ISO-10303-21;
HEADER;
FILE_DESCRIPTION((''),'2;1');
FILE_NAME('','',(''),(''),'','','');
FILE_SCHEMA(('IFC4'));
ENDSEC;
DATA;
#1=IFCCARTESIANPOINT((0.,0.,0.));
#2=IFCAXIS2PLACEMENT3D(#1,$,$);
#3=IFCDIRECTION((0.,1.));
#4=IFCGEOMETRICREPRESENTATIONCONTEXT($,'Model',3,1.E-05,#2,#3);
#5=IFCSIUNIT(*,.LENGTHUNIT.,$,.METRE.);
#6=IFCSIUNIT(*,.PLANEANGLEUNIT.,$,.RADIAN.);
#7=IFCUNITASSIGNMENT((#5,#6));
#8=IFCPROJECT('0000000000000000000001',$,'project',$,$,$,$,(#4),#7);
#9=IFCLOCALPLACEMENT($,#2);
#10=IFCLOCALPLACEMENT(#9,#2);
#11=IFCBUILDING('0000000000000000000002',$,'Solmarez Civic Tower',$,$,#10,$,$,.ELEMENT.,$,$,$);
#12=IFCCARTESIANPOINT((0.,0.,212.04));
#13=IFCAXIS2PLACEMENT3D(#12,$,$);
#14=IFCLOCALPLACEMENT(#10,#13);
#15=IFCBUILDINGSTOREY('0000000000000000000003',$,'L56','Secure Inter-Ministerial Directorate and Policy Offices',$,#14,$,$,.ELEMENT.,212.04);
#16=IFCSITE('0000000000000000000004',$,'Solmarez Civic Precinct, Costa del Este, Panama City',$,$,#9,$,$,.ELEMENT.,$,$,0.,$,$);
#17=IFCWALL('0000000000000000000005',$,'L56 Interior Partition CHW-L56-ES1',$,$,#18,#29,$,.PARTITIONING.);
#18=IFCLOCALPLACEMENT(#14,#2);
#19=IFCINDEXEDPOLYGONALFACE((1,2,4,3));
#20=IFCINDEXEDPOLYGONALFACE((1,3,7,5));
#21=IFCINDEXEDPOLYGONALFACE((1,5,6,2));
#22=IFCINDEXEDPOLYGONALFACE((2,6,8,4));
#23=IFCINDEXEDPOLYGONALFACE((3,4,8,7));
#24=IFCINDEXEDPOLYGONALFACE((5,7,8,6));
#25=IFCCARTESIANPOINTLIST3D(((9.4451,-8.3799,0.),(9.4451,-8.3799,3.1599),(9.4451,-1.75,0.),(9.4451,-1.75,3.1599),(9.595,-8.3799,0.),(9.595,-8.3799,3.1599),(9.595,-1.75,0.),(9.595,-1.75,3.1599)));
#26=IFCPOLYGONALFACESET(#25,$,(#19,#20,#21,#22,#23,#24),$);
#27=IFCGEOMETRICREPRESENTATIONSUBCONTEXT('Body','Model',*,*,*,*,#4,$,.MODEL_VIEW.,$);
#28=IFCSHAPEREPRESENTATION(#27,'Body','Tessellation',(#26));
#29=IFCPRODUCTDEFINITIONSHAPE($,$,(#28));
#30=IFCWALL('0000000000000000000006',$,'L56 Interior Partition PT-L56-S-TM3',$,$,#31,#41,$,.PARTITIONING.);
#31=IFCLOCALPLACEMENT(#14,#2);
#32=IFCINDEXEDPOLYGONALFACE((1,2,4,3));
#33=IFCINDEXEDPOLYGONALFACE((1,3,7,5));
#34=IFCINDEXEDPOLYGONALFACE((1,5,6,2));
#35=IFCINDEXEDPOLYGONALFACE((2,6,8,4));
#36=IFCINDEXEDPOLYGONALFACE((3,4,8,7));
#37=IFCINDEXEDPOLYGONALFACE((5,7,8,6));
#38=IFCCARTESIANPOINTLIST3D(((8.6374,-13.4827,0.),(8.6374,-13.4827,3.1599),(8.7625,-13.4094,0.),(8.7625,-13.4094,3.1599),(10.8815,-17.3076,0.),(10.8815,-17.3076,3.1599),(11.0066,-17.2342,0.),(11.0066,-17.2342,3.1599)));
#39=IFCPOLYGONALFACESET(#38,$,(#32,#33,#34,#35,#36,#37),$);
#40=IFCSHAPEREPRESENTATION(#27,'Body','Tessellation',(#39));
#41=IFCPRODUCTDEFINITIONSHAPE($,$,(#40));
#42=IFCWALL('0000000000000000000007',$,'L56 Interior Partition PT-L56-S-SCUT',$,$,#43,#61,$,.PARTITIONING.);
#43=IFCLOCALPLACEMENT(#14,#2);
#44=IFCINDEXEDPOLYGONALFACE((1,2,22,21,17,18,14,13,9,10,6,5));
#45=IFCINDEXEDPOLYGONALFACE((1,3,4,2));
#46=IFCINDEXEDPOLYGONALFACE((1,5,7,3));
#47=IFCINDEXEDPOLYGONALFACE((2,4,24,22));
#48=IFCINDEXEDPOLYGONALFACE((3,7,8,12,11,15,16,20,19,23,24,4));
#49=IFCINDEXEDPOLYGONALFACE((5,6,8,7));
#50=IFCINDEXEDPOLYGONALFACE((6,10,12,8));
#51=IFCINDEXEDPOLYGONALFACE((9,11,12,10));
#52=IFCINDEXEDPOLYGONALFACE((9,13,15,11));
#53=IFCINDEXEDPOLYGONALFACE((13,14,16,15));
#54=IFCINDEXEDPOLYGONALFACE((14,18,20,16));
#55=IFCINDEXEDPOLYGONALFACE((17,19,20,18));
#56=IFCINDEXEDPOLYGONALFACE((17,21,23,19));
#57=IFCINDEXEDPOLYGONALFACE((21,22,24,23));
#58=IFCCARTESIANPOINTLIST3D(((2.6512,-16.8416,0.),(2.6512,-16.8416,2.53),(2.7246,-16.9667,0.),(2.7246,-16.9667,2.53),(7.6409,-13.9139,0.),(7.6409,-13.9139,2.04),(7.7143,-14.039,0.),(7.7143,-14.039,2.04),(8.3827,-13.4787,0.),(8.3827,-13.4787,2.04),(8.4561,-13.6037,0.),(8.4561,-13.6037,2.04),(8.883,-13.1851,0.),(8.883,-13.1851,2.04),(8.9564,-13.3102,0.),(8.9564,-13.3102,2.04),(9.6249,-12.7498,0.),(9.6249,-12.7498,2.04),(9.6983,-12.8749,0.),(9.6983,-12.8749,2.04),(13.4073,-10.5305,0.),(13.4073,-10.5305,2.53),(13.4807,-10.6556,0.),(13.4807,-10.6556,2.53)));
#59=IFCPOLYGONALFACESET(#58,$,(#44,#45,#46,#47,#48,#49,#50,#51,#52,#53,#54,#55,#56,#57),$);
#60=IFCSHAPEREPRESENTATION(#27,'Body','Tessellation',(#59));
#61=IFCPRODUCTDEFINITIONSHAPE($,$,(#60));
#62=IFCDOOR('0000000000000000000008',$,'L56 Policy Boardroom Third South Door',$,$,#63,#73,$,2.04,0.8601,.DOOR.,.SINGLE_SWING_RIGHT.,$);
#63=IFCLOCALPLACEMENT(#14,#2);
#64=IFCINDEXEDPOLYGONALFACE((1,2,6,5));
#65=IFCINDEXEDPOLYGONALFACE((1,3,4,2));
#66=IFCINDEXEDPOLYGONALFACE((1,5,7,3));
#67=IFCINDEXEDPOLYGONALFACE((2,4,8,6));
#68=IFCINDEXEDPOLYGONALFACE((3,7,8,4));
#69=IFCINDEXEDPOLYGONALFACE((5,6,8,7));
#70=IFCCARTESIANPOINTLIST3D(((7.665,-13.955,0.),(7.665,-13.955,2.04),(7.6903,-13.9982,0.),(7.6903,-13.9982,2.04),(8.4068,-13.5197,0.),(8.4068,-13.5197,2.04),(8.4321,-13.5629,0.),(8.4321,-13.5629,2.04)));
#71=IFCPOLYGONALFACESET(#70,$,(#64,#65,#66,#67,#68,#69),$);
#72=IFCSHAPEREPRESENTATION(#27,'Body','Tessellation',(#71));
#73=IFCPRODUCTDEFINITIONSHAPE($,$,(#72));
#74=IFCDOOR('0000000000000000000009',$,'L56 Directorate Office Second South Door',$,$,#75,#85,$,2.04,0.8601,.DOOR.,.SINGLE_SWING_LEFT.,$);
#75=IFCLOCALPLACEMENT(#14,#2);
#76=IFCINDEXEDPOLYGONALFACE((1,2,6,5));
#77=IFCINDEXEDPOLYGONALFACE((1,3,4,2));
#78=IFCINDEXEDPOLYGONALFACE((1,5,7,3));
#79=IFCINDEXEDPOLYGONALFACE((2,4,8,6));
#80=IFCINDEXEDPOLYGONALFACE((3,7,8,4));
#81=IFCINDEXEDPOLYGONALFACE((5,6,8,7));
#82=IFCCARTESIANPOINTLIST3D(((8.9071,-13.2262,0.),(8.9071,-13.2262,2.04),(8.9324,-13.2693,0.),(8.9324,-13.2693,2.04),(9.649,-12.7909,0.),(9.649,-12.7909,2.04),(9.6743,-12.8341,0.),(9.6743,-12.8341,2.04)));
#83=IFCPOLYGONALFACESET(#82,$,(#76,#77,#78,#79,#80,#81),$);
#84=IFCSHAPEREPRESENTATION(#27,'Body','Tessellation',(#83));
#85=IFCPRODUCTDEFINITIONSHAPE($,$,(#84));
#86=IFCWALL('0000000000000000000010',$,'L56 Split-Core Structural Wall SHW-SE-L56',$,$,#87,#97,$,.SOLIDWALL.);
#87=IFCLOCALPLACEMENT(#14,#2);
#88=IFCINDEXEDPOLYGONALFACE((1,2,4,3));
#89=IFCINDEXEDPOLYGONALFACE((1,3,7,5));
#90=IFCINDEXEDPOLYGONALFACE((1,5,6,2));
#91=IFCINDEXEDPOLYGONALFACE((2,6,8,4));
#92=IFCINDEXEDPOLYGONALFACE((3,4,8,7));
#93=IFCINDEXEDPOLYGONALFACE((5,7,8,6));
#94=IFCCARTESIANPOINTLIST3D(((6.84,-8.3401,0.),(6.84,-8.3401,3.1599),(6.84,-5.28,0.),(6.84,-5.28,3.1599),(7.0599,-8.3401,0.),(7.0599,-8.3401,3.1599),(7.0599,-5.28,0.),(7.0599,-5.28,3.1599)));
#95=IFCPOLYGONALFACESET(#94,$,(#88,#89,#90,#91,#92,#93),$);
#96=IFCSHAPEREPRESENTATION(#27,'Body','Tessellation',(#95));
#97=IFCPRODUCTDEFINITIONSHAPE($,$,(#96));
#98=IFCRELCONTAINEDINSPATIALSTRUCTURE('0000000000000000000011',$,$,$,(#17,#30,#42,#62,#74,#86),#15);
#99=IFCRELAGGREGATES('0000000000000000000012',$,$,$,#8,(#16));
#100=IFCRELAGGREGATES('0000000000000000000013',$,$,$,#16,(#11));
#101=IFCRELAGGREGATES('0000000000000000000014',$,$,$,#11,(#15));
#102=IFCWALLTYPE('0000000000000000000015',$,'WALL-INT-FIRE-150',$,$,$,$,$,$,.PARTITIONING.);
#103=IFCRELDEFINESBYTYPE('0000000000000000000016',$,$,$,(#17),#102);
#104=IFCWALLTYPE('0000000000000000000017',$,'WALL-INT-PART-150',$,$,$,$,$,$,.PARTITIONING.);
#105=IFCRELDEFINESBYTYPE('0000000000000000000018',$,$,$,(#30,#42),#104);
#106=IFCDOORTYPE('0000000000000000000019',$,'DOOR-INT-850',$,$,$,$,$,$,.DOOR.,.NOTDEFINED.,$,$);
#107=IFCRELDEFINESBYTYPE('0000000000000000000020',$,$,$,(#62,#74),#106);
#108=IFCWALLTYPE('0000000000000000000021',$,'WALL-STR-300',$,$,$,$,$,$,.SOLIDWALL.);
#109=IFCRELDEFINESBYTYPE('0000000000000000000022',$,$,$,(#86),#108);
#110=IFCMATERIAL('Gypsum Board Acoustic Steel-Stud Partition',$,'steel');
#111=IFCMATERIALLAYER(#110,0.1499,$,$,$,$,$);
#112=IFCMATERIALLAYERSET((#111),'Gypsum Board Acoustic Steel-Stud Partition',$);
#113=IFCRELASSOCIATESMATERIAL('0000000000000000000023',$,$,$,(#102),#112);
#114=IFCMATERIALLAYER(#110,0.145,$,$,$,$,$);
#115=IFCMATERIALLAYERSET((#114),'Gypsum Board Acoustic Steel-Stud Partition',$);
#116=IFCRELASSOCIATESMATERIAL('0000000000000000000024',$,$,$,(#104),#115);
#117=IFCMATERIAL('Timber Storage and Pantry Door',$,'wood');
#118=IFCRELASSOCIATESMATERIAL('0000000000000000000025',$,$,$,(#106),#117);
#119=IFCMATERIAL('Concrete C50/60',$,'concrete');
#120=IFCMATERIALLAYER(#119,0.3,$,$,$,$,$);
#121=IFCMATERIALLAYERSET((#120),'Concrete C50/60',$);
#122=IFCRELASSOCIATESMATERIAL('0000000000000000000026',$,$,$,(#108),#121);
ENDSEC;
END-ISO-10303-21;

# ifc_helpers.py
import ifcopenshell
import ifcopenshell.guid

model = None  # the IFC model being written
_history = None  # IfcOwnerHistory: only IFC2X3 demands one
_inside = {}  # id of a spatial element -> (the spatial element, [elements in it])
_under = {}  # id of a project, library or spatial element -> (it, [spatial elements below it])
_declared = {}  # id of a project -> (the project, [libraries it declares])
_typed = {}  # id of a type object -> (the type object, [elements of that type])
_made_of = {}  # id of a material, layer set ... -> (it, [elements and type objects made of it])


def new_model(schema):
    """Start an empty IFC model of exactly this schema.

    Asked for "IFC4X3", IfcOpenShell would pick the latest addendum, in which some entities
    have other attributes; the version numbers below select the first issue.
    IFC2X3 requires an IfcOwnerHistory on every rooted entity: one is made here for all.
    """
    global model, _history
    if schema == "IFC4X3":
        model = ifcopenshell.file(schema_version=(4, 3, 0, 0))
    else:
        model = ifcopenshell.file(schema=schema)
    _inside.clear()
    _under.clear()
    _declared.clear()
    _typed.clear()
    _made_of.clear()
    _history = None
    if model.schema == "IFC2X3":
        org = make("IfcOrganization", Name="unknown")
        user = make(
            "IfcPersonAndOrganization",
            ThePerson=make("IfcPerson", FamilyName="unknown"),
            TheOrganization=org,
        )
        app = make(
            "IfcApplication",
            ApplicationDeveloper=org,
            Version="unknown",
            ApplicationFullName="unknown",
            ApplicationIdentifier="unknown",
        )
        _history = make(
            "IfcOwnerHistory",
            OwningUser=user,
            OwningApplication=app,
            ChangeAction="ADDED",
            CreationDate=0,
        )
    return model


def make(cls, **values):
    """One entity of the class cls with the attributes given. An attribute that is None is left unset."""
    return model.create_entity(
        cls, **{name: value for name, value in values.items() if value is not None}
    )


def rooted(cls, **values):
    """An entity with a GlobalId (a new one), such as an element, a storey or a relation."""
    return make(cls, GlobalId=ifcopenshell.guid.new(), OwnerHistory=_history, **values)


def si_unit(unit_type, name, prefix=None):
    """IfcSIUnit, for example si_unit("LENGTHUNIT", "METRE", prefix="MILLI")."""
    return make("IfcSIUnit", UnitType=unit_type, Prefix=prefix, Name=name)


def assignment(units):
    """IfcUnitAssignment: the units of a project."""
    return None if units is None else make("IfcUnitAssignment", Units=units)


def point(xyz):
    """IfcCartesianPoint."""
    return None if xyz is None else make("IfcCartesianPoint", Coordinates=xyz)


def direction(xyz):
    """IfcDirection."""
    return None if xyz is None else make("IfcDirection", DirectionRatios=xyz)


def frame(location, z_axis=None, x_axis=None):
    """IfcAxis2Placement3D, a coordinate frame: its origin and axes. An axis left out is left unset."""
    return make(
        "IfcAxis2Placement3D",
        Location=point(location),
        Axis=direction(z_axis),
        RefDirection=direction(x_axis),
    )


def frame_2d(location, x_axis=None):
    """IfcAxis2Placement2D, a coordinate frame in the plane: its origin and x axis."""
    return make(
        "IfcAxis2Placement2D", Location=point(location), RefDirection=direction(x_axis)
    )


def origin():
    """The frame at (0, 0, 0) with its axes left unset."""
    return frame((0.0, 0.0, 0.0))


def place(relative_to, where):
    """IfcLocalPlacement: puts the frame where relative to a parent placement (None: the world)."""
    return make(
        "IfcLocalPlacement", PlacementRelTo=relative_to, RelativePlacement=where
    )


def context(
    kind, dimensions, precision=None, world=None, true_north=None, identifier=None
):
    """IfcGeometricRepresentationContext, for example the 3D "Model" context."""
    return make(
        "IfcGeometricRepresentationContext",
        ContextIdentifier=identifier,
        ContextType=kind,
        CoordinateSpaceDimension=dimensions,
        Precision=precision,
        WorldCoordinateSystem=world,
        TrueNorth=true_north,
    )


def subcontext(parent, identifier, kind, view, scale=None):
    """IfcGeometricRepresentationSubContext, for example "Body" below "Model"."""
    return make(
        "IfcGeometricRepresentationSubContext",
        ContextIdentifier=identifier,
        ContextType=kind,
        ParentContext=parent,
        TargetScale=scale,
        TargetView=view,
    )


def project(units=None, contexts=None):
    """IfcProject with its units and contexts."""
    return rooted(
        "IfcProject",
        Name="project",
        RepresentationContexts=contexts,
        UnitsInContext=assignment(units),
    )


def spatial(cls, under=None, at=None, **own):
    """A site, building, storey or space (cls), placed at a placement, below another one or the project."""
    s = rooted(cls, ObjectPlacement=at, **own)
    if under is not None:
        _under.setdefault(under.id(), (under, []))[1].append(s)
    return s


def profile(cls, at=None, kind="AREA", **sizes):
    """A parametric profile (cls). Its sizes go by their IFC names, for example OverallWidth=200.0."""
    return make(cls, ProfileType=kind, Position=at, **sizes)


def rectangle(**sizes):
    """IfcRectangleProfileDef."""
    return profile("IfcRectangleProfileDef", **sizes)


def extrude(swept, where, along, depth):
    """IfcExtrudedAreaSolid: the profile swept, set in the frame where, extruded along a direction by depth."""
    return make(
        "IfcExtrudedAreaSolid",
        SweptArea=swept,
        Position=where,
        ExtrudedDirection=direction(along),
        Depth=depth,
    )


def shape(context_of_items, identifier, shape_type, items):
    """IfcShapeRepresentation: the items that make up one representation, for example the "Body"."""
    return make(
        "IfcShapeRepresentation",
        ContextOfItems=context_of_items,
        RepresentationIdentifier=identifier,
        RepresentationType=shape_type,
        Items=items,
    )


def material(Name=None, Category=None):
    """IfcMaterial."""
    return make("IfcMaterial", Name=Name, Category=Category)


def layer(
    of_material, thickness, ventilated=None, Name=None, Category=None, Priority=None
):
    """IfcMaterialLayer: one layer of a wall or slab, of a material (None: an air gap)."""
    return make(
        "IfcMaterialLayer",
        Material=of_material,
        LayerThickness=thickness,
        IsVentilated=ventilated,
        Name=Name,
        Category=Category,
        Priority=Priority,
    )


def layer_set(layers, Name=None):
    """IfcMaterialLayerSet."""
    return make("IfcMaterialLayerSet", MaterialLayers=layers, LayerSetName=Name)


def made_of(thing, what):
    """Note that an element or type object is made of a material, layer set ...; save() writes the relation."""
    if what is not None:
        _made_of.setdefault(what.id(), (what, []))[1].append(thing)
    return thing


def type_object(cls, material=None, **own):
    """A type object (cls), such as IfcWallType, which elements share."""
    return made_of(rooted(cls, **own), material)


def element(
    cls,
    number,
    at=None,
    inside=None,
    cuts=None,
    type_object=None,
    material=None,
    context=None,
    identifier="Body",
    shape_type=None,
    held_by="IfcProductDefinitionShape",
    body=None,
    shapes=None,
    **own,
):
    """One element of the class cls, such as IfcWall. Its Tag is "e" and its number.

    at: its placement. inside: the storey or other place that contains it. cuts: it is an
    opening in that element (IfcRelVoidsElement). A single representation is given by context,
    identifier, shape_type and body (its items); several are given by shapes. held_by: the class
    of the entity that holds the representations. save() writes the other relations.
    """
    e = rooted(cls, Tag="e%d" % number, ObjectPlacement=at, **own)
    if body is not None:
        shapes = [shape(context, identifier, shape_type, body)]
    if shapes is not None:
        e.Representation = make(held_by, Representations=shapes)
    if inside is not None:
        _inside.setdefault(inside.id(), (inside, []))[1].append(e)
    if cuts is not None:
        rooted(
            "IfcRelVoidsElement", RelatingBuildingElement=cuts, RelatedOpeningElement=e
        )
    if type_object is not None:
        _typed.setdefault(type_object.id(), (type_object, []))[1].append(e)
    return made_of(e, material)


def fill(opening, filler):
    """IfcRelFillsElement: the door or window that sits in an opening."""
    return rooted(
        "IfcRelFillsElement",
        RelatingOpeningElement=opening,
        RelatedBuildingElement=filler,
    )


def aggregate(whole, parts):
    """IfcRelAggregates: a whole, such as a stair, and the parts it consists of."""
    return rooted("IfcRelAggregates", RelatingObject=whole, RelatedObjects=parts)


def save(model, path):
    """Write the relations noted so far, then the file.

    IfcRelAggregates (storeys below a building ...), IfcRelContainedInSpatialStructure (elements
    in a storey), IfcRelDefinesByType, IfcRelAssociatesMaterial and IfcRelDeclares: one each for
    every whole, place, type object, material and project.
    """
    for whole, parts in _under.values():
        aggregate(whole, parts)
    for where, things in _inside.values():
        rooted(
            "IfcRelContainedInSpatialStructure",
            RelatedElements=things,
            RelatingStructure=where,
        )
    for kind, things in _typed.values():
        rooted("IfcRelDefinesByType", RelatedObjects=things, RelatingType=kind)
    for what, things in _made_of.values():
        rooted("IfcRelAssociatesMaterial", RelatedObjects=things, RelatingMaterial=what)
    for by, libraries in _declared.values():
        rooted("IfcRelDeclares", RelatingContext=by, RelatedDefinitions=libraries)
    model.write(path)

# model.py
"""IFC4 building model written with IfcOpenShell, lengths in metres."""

from ifc_helpers import new_model, si_unit, direction, frame, frame_2d, origin, place, context, subcontext, project, spatial, rectangle, extrude, material, layer, layer_set, type_object, element, fill, save


model = new_model("IFC4")

# Units and contexts
model_context = context("Model", 3, precision=1e-05, world=origin(), true_north=direction((0.0, 1.0)))
body_context = subcontext(model_context, "Body", "Model", "MODEL_VIEW")
ifc_project = project(units=[si_unit("LENGTHUNIT", "METRE"), si_unit("PLANEANGLEUNIT", "RADIAN")], contexts=[model_context])

# Site, building, storey
site_placement = place(None, origin())
site = spatial("IfcSite", under=ifc_project, at=site_placement, Name="Solmarez Civic Precinct, Costa del Este, Panama City", CompositionType="ELEMENT", RefElevation=0.0)
building_placement = place(site_placement, origin())
building = spatial("IfcBuilding", under=site, at=building_placement, Name="Solmarez Civic Tower", CompositionType="ELEMENT")
storey_placement = place(building_placement, frame((0.0, 0.0, 212.04)))
storey = spatial("IfcBuildingStorey", under=building, at=storey_placement, Name="L56", Description="Secure Inter-Ministerial Directorate and Policy Offices", CompositionType="ELEMENT", Elevation=212.04)

# Shared definitions
ifc_material_1 = material(Name="Concrete C50/60", Category="concrete")

# Walls
ifc_material_2 = material(Name="Gypsum Board Acoustic Steel-Stud Partition", Category="steel")
ifc_layer_1 = layer(ifc_material_2, 0.1499)
ifc_layer_set_1 = layer_set([ifc_layer_1], Name="Gypsum Board Acoustic Steel-Stud Partition")
wall_type_1 = type_object("IfcWallType", Name="WALL-INT-FIRE-150", PredefinedType="PARTITIONING", material=ifc_layer_set_1)
wall_1_placement = place(storey_placement, frame((9.52, -8.3799, 0.0), z_axis=(0.0, 0.0, 1.0), x_axis=(0.0, 1.0, 0.0)))
element("IfcWall", 1, at=wall_1_placement, inside=storey, type_object=wall_type_1, Name="L56 Interior Partition CHW-L56-ES1", PredefinedType="PARTITIONING", context=body_context, shape_type="SweptSolid", body=[
    extrude(rectangle(XDim=6.6299, YDim=0.1499, at=frame_2d((3.3149, 0.0))), origin(), (0.0, 0.0, 1.0), 3.1599),
])
ifc_layer_2 = layer(ifc_material_2, 0.145)
ifc_layer_set_2 = layer_set([ifc_layer_2], Name="Gypsum Board Acoustic Steel-Stud Partition")
wall_type_2 = type_object("IfcWallType", Name="WALL-INT-PART-150", PredefinedType="PARTITIONING", material=ifc_layer_set_2)
wall_2_placement = place(storey_placement, frame((8.7, -13.446, 0.0), z_axis=(0.0, 0.0, 1.0), x_axis=(0.506043, -0.862508, 0.0)))
element("IfcWall", 2, at=wall_2_placement, inside=storey, type_object=wall_type_2, Name="L56 Interior Partition PT-L56-S-TM3", PredefinedType="PARTITIONING", context=body_context, shape_type="SweptSolid", body=[
    extrude(rectangle(XDim=4.4346, YDim=0.145, at=frame_2d((2.2173, 0.0))), origin(), (0.0, 0.0, 1.0), 3.1599),
])

# Wall, openings, doors
wall_3_placement = place(storey_placement, frame((2.688, -16.9041, 0.0), z_axis=(0.0, 0.0, 1.0), x_axis=(0.862497, 0.506062, 0.0)))
wall_3 = element("IfcWall", 3, at=wall_3_placement, inside=storey, type_object=wall_type_2, Name="L56 Interior Partition PT-L56-S-SCUT", PredefinedType="PARTITIONING", context=body_context, shape_type="SweptSolid", body=[
    extrude(rectangle(XDim=12.4709, YDim=0.145, at=frame_2d((6.2354, 0.0))), origin(), (0.0, 0.0, 1.0), 2.53),
])
opening_1_placement = place(wall_3_placement, frame((5.7849, 0.0, 0.0)))
opening_1 = element("IfcOpeningElement", 4, at=opening_1_placement, cuts=wall_3, PredefinedType="OPENING", context=body_context, shape_type="SweptSolid", body=[
    extrude(rectangle(XDim=0.8601, YDim=2.04, at=frame_2d((0.4302, 1.02))), frame((0.0, 0.0825, 0.0), z_axis=(0.0, -1.0, 0.0), x_axis=(1.0, 0.0, 0.0)), (0.0, 0.0, 1.0), 0.165),
])
opening_2_placement = place(wall_3_placement, frame((7.2251, 0.0, 0.0)))
opening_2 = element("IfcOpeningElement", 5, at=opening_2_placement, cuts=wall_3, PredefinedType="OPENING", context=body_context, shape_type="SweptSolid", body=[
    extrude(rectangle(XDim=0.8601, YDim=2.04, at=frame_2d((0.4302, 1.02))), frame((0.0, 0.0825, 0.0), z_axis=(0.0, -1.0, 0.0), x_axis=(1.0, 0.0, 0.0)), (0.0, 0.0, 1.0), 0.165),
])
ifc_material_3 = material(Name="Timber Storage and Pantry Door", Category="wood")
door_type = type_object("IfcDoorType", Name="DOOR-INT-850", OperationType="NOTDEFINED", PredefinedType="DOOR", material=ifc_material_3)
door_1_placement = place(opening_1_placement, origin())
door_1 = element("IfcDoor", 6, at=door_1_placement, inside=storey, type_object=door_type, Name="L56 Policy Boardroom Third South Door", OperationType="SINGLE_SWING_RIGHT", OverallHeight=2.04, OverallWidth=0.8601, PredefinedType="DOOR", context=body_context, shape_type="SweptSolid", body=[
    extrude(rectangle(XDim=0.8601, YDim=2.04, at=frame_2d((0.4302, 1.02))), frame((0.0, 0.0249, 0.0), z_axis=(0.0, -1.0, 0.0), x_axis=(1.0, 0.0, 0.0)), (0.0, 0.0, 1.0), 0.05),
])
fill(opening_1, door_1)
door_2_placement = place(opening_2_placement, origin())
door_2 = element("IfcDoor", 7, at=door_2_placement, inside=storey, type_object=door_type, Name="L56 Directorate Office Second South Door", OperationType="SINGLE_SWING_LEFT", OverallHeight=2.04, OverallWidth=0.8601, PredefinedType="DOOR", context=body_context, shape_type="SweptSolid", body=[
    extrude(rectangle(XDim=0.8601, YDim=2.04, at=frame_2d((0.4302, 1.02))), frame((0.0, 0.0249, 0.0), z_axis=(0.0, -1.0, 0.0), x_axis=(1.0, 0.0, 0.0)), (0.0, 0.0, 1.0), 0.05),
])
fill(opening_2, door_2)

# Wall
ifc_layer_3 = layer(ifc_material_1, 0.3)
ifc_layer_set_3 = layer_set([ifc_layer_3], Name="Concrete C50/60")
wall_type_3 = type_object("IfcWallType", Name="WALL-STR-300", PredefinedType="SOLIDWALL", material=ifc_layer_set_3)
wall_4_placement = place(storey_placement, frame((6.95, -8.3401, 0.0), z_axis=(0.0, 0.0, 1.0), x_axis=(0.0, 1.0, 0.0)))
element("IfcWall", 8, at=wall_4_placement, inside=storey, type_object=wall_type_3, Name="L56 Split-Core Structural Wall SHW-SE-L56", PredefinedType="SOLIDWALL", context=body_context, shape_type="SweptSolid", body=[
    extrude(rectangle(XDim=3.0601, YDim=0.22, at=frame_2d((1.53, 0.0))), origin(), (0.0, 0.0, 1.0), 3.1599),
])

save(model, "model.ifc")
